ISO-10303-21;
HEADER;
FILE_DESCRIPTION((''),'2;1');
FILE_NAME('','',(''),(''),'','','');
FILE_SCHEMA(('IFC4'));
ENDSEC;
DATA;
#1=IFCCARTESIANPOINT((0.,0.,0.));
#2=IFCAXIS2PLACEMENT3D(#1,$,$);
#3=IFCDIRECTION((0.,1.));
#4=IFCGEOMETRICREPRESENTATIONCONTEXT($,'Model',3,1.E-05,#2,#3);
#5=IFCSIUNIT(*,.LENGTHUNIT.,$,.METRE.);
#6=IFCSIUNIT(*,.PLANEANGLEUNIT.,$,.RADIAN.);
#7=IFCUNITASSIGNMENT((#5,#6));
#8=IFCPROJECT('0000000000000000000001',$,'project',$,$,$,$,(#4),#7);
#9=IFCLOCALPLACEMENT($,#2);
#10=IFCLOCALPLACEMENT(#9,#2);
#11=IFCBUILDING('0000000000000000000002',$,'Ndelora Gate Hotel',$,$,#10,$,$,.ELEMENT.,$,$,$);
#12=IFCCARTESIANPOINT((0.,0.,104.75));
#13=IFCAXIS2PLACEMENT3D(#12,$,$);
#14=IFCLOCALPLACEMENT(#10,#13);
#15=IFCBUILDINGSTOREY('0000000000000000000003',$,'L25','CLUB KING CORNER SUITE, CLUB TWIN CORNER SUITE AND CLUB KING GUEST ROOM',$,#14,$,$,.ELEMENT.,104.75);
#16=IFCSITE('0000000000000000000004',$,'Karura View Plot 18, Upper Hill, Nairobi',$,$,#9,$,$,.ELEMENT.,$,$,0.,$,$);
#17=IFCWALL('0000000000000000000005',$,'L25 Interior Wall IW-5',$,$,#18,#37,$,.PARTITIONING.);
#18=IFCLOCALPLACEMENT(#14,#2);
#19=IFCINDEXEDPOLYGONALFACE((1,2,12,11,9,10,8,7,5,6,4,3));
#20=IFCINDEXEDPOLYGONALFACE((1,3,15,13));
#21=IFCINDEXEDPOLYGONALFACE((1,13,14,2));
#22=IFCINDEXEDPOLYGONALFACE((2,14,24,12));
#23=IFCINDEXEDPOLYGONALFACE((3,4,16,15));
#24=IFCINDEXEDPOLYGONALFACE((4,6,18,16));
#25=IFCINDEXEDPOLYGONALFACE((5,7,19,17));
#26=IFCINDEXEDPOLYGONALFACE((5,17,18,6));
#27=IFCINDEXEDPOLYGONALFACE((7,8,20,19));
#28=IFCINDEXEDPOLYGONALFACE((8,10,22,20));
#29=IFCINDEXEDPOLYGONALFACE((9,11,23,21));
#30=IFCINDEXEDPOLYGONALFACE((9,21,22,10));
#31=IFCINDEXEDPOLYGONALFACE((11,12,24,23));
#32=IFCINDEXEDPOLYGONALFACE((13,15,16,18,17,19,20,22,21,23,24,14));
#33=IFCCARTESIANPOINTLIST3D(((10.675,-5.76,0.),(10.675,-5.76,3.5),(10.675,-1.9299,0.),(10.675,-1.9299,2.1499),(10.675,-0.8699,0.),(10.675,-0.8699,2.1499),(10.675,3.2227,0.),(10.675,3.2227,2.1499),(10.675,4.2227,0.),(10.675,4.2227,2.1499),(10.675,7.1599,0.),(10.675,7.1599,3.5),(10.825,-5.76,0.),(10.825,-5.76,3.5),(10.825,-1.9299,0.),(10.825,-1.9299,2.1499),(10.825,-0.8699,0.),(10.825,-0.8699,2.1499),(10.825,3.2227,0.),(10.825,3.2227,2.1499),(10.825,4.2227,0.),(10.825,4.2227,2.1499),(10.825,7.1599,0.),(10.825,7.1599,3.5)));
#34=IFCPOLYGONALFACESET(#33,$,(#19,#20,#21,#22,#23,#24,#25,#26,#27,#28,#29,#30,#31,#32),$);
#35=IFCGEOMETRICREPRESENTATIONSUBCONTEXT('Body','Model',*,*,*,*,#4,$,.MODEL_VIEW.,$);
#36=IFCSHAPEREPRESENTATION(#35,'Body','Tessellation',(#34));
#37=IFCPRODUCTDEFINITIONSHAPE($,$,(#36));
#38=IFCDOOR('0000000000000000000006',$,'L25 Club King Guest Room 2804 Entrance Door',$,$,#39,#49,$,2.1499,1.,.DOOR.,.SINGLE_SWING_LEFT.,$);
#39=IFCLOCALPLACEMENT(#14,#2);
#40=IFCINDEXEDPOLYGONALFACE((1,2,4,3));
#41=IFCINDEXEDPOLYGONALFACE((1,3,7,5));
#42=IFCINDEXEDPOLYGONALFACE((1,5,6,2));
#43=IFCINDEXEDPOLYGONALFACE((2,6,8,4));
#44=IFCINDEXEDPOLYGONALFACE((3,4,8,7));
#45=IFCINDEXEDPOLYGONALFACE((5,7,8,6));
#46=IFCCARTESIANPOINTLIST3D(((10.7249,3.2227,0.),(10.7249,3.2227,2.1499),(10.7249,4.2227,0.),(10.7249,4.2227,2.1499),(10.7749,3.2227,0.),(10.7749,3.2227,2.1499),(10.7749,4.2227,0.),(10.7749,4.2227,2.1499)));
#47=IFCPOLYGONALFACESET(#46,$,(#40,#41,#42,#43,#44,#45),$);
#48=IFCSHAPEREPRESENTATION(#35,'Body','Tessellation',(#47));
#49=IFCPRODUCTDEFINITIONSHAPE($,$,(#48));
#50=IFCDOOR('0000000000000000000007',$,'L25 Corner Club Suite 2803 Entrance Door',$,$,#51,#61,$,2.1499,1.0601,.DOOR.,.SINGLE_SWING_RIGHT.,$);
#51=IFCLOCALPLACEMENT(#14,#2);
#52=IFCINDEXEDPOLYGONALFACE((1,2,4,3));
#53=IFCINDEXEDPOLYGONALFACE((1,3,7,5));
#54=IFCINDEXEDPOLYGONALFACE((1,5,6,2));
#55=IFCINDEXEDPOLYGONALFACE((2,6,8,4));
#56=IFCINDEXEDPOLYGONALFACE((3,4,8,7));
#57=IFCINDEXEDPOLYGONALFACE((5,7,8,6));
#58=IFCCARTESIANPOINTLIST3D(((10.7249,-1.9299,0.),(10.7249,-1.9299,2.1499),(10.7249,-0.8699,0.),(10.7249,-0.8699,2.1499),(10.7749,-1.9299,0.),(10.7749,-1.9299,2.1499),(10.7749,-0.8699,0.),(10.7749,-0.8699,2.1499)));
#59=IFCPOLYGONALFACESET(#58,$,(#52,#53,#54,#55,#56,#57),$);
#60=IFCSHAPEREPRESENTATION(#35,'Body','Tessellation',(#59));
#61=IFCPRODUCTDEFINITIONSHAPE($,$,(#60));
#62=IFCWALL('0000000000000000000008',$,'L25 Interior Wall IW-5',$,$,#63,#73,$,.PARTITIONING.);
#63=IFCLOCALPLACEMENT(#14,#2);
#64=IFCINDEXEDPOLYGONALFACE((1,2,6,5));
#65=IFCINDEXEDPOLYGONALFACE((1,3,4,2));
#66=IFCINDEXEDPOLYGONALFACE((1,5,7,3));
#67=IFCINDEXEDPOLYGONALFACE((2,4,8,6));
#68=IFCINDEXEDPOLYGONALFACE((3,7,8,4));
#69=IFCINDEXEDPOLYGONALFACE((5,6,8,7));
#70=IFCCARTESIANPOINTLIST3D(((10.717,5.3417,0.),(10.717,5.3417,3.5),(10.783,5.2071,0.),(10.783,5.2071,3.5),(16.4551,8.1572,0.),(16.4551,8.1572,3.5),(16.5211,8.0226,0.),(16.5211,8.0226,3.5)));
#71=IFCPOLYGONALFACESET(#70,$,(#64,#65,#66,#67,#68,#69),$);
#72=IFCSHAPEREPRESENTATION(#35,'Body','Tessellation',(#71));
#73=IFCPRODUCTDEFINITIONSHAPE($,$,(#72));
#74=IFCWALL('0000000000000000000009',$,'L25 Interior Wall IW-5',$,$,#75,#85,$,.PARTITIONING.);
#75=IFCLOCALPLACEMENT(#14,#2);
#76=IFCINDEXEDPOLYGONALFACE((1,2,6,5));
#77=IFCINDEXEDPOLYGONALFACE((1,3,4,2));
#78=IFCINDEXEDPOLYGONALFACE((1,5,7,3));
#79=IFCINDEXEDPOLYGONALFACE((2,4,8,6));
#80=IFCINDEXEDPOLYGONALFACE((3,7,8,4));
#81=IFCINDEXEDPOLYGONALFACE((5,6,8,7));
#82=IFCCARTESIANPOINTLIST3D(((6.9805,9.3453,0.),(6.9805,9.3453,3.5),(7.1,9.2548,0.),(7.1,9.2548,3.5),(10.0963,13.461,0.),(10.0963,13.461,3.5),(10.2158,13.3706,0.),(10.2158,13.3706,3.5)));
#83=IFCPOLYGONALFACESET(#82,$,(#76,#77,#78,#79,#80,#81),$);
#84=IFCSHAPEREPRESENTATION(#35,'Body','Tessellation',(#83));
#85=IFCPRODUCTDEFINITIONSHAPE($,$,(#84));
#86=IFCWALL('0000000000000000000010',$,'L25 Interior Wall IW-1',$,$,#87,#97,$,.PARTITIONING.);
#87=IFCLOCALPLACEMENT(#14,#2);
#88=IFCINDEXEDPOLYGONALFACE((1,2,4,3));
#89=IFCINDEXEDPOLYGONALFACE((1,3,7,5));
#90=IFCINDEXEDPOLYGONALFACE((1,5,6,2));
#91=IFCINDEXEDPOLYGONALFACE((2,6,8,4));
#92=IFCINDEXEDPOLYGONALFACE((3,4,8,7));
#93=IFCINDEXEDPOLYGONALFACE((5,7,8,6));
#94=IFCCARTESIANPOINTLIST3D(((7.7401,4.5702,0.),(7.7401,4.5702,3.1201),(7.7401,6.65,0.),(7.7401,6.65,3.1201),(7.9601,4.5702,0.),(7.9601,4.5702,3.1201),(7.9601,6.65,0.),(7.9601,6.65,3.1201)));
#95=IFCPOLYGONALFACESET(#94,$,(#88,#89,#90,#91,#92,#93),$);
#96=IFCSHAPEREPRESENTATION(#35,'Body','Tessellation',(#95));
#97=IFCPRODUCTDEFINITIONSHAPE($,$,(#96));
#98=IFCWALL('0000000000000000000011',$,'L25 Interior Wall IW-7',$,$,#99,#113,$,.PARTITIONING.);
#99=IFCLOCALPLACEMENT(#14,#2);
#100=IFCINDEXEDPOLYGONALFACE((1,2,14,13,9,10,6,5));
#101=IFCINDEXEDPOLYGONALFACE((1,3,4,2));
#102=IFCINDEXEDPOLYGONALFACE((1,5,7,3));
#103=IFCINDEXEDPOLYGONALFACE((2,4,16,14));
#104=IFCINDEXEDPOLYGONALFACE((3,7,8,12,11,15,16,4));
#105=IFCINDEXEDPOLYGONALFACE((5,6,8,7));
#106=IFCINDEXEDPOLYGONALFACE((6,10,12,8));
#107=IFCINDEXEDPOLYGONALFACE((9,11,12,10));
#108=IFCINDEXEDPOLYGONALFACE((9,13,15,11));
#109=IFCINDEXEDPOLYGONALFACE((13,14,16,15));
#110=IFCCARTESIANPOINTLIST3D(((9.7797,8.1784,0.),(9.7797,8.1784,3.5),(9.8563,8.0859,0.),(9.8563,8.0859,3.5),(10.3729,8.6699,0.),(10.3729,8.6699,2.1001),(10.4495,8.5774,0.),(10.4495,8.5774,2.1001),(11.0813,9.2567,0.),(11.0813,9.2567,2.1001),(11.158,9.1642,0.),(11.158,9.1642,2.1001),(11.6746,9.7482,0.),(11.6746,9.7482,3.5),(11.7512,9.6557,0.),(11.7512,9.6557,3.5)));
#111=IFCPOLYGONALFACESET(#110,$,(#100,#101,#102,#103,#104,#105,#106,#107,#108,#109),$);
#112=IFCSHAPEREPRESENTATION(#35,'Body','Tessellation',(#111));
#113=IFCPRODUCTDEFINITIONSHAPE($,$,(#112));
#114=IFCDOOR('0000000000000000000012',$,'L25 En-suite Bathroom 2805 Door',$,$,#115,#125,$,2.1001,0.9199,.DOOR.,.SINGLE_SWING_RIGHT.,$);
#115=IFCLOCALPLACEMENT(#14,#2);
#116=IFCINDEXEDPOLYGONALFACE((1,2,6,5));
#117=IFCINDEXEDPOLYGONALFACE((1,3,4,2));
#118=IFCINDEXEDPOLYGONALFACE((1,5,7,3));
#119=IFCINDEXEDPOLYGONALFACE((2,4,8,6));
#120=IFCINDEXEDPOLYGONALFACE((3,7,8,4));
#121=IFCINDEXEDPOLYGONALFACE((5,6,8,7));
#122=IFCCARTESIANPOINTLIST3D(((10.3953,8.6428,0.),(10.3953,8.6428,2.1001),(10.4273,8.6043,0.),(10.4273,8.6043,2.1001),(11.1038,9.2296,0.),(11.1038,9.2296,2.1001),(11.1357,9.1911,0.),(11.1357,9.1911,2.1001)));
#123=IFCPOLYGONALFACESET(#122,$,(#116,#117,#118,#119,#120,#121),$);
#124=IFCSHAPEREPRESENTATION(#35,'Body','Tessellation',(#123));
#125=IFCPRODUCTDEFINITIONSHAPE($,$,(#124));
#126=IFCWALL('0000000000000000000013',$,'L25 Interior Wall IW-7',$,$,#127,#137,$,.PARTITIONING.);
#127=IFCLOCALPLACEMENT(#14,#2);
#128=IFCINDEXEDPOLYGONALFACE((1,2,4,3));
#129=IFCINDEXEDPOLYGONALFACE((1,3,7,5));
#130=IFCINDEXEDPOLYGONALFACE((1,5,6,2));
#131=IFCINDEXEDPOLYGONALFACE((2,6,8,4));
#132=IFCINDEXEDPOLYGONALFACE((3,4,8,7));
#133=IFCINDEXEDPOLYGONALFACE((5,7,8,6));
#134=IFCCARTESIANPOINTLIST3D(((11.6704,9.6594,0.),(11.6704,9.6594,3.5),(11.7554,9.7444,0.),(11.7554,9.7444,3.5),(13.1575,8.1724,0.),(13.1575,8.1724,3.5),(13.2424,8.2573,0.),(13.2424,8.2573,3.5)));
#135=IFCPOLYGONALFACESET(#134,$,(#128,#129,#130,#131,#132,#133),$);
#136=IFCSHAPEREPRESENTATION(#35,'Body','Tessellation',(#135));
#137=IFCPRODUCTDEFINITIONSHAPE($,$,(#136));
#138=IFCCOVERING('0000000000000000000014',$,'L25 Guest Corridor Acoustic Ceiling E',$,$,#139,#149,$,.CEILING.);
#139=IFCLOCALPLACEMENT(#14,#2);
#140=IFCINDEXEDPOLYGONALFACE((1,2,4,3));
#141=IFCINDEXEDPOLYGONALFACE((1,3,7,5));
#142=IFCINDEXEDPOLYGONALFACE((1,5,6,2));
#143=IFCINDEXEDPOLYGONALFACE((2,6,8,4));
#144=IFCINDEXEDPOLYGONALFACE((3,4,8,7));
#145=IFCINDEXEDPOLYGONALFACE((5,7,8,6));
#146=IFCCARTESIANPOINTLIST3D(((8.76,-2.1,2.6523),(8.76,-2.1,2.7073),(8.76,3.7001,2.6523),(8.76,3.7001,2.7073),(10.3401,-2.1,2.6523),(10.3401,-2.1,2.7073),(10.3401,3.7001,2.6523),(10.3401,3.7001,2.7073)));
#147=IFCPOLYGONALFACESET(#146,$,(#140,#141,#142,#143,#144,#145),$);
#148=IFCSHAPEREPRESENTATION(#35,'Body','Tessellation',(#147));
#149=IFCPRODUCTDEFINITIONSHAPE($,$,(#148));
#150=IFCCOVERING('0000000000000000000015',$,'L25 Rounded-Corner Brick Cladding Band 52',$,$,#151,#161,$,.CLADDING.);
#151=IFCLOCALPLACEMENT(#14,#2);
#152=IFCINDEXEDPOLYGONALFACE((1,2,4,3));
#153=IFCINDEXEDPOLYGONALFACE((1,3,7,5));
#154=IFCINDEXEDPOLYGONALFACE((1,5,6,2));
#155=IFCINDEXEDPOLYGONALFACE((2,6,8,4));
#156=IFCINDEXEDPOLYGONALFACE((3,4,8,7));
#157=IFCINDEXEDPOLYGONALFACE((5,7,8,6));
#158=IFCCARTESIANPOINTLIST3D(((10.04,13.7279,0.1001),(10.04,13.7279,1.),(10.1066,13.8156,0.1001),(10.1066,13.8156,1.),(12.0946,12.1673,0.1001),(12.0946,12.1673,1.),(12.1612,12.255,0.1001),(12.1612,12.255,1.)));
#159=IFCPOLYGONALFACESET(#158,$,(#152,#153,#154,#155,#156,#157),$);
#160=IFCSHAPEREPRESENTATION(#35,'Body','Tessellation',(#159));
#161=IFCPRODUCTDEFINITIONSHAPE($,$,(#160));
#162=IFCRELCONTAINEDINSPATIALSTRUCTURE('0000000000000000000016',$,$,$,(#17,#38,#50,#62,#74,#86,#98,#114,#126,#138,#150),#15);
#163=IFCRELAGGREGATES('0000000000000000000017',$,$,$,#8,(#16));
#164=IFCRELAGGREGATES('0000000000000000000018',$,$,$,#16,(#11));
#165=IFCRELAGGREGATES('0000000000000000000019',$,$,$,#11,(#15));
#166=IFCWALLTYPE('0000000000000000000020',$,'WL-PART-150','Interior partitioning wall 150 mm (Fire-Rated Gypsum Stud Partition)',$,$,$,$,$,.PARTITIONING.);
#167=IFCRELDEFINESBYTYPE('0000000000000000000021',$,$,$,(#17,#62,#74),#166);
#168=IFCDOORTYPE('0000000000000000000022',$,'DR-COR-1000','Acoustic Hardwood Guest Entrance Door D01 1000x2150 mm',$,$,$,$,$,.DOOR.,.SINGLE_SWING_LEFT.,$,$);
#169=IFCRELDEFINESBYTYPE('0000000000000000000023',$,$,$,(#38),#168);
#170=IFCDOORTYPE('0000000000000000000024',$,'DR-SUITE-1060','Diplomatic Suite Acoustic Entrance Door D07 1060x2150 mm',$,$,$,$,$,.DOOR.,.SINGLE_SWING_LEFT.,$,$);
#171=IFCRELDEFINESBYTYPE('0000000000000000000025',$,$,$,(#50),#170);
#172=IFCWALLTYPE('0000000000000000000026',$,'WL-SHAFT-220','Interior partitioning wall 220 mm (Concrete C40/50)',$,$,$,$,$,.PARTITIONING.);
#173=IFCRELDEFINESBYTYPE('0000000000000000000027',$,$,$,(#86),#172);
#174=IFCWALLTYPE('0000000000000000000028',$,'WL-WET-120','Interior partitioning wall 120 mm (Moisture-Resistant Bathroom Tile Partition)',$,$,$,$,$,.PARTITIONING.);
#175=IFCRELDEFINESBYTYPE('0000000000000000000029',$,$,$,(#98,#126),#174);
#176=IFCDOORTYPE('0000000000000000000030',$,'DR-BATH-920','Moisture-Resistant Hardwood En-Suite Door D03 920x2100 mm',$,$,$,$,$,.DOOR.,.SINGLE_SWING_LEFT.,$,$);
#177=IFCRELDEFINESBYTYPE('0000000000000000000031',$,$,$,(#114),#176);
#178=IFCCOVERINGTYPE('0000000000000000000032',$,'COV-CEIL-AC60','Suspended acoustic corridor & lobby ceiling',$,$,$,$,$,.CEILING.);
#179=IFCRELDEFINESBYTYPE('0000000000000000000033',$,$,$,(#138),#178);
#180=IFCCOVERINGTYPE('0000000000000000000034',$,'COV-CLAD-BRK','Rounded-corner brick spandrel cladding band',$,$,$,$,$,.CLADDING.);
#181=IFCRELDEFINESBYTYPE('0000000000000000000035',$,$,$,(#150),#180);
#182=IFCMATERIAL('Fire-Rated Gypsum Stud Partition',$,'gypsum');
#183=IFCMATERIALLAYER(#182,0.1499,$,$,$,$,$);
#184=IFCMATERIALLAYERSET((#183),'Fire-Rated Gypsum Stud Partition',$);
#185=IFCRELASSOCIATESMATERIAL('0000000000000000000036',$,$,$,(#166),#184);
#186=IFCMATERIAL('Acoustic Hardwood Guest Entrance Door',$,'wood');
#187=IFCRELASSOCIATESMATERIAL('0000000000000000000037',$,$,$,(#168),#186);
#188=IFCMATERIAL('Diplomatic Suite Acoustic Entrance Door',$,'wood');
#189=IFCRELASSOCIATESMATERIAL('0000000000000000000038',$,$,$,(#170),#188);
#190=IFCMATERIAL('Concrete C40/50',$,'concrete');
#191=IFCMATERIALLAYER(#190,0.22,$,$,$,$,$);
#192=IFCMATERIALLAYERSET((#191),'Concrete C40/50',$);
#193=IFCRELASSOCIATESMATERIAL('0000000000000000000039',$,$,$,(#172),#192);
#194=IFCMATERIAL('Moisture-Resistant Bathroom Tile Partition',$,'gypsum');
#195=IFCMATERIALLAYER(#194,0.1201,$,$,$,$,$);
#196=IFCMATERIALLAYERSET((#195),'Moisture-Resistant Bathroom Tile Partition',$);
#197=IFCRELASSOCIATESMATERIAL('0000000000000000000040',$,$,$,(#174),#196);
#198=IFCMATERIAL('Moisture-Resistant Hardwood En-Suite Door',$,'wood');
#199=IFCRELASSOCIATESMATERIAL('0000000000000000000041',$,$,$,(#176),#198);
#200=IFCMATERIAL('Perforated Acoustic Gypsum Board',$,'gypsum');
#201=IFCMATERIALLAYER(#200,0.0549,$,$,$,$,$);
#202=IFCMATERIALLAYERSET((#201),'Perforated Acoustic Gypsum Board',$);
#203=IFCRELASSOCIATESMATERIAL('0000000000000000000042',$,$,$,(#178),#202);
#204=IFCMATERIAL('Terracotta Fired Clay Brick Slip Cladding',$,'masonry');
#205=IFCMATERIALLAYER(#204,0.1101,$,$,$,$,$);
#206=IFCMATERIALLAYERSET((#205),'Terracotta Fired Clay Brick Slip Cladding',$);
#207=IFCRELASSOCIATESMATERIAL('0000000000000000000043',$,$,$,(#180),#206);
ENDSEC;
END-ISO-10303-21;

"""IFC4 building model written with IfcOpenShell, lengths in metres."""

from ifc_helpers import new_model, si_unit, direction, frame, frame_2d, origin, origin_2d, place, context, subcontext, project, spatial, rectangle, extrude, material, layer, layer_set, type_object, element, fill, save


model = new_model("IFC4")

# Units and contexts
model_context = context("Model", 3, precision=1e-05, world=origin(), true_north=direction((0.0, 1.0)))
body_context = subcontext(model_context, "Body", "Model", "MODEL_VIEW")
ifc_project = project(units=[si_unit("LENGTHUNIT", "METRE"), si_unit("PLANEANGLEUNIT", "RADIAN")], contexts=[model_context])

# Site, building, storey
site_placement = place(None, origin())
site = spatial("IfcSite", under=ifc_project, at=site_placement, Name="Karura View Plot 18, Upper Hill, Nairobi", CompositionType="ELEMENT", RefElevation=0.0)
building_placement = place(site_placement, origin())
building = spatial("IfcBuilding", under=site, at=building_placement, Name="Ndelora Gate Hotel", CompositionType="ELEMENT")
storey_placement = place(building_placement, frame((0.0, 0.0, 104.75)))
storey = spatial("IfcBuildingStorey", under=building, at=storey_placement, Name="L25", Description="CLUB KING CORNER SUITE, CLUB TWIN CORNER SUITE AND CLUB KING GUEST ROOM", CompositionType="ELEMENT", Elevation=104.75)

# Shared definitions
ifc_material_1 = material(Name="Concrete C40/50", Category="concrete")

# Wall, openings, doors
ifc_material_2 = material(Name="Fire-Rated Gypsum Stud Partition", Category="gypsum")
ifc_layer_1 = layer(ifc_material_2, 0.1499)
ifc_layer_set_1 = layer_set([ifc_layer_1], Name="Fire-Rated Gypsum Stud Partition")
wall_type_1 = type_object("IfcWallType", Name="WL-PART-150", Description="Interior partitioning wall 150 mm (Fire-Rated Gypsum Stud Partition)", PredefinedType="PARTITIONING", material=ifc_layer_set_1)
wall_1_placement = place(storey_placement, frame((10.75, 7.1599, 0.0), z_axis=(0.0, 0.0, 1.0), x_axis=(0.0, -1.0, 0.0)))
wall_1 = element("IfcWall", 1, at=wall_1_placement, inside=storey, type_object=wall_type_1, Name="L25 Interior Wall IW-5", PredefinedType="PARTITIONING", context=body_context, shape_type="SweptSolid", body=[
    extrude(rectangle(XDim=12.9199, YDim=0.1499, at=frame_2d((6.46, 0.0))), origin(), (0.0, 0.0, 1.0), 3.5),
])
opening_1_placement = place(wall_1_placement, frame((2.9373, 0.0, 0.0)))
opening_1 = element("IfcOpeningElement", 2, at=opening_1_placement, cuts=wall_1, PredefinedType="OPENING", context=body_context, shape_type="SweptSolid", body=[
    extrude(rectangle(XDim=1.0, YDim=2.1499, at=frame_2d((0.5, 1.075))), frame((0.0, 0.085, 0.0), z_axis=(0.0, -1.0, 0.0), x_axis=(1.0, 0.0, 0.0)), (0.0, 0.0, 1.0), 0.1699),
])
opening_2_placement = place(wall_1_placement, frame((8.0298, 0.0, 0.0)))
opening_2 = element("IfcOpeningElement", 3, at=opening_2_placement, cuts=wall_1, PredefinedType="OPENING", context=body_context, shape_type="SweptSolid", body=[
    extrude(rectangle(XDim=1.0601, YDim=2.1499, at=frame_2d((0.53, 1.075))), frame((0.0, 0.085, 0.0), z_axis=(0.0, -1.0, 0.0), x_axis=(1.0, 0.0, 0.0)), (0.0, 0.0, 1.0), 0.1699),
])
ifc_material_3 = material(Name="Acoustic Hardwood Guest Entrance Door", Category="wood")
door_type_1 = type_object("IfcDoorType", Name="DR-COR-1000", Description="Acoustic Hardwood Guest Entrance Door D01 1000x2150 mm", OperationType="SINGLE_SWING_LEFT", PredefinedType="DOOR", material=ifc_material_3)
door_1_placement = place(opening_1_placement, origin())
door_1 = element("IfcDoor", 4, at=door_1_placement, inside=storey, type_object=door_type_1, Name="L25 Club King Guest Room 2804 Entrance Door", OperationType="SINGLE_SWING_LEFT", OverallHeight=2.1499, OverallWidth=1.0, PredefinedType="DOOR", context=body_context, shape_type="SweptSolid", body=[
    extrude(rectangle(XDim=1.0, YDim=2.1499, at=frame_2d((0.5, 1.075))), frame((0.0, 0.0249, 0.0), z_axis=(0.0, -1.0, 0.0), x_axis=(1.0, 0.0, 0.0)), (0.0, 0.0, 1.0), 0.05),
])
fill(opening_1, door_1)
ifc_material_4 = material(Name="Diplomatic Suite Acoustic Entrance Door", Category="wood")
door_type_2 = type_object("IfcDoorType", Name="DR-SUITE-1060", Description="Diplomatic Suite Acoustic Entrance Door D07 1060x2150 mm", OperationType="SINGLE_SWING_LEFT", PredefinedType="DOOR", material=ifc_material_4)
door_2_placement = place(opening_2_placement, origin())
door_2 = element("IfcDoor", 5, at=door_2_placement, inside=storey, type_object=door_type_2, Name="L25 Corner Club Suite 2803 Entrance Door", OperationType="SINGLE_SWING_RIGHT", OverallHeight=2.1499, OverallWidth=1.0601, PredefinedType="DOOR", context=body_context, shape_type="SweptSolid", body=[
    extrude(rectangle(XDim=1.0601, YDim=2.1499, at=frame_2d((0.53, 1.075))), frame((0.0, 0.0249, 0.0), z_axis=(0.0, -1.0, 0.0), x_axis=(1.0, 0.0, 0.0)), (0.0, 0.0, 1.0), 0.05),
])
fill(opening_2, door_2)

# Walls
wall_2_placement = place(storey_placement, frame((10.75, 5.2744, 0.0), z_axis=(0.0, 0.0, 1.0), x_axis=(0.897756, 0.440494, 0.0)))
element("IfcWall", 6, at=wall_2_placement, inside=storey, type_object=wall_type_1, Name="L25 Interior Wall IW-5", PredefinedType="PARTITIONING", context=body_context, shape_type="SweptSolid", body=[
    extrude(rectangle(XDim=6.3916, YDim=0.1499, at=frame_2d((3.1958, 0.0))), origin(), (0.0, 0.0, 1.0), 3.5),
])
wall_3_placement = place(storey_placement, frame((7.0403, 9.3, 0.0), z_axis=(0.0, 0.0, 1.0), x_axis=(0.603581, 0.797302, 0.0)))
element("IfcWall", 7, at=wall_3_placement, inside=storey, type_object=wall_type_1, Name="L25 Interior Wall IW-5", PredefinedType="PARTITIONING", context=body_context, shape_type="SweptSolid", body=[
    extrude(rectangle(XDim=5.1621, YDim=0.1499, at=frame_2d((2.5811, 0.0))), origin(), (0.0, 0.0, 1.0), 3.5),
])
ifc_layer_2 = layer(ifc_material_1, 0.22)
ifc_layer_set_2 = layer_set([ifc_layer_2], Name="Concrete C40/50")
wall_type_2 = type_object("IfcWallType", Name="WL-SHAFT-220", Description="Interior partitioning wall 220 mm (Concrete C40/50)", PredefinedType="PARTITIONING", material=ifc_layer_set_2)
wall_4_placement = place(storey_placement, frame((7.8501, 4.5701, 0.0), z_axis=(0.0, 0.0, 1.0), x_axis=(0.0, 1.0, 0.0)))
element("IfcWall", 8, at=wall_4_placement, inside=storey, type_object=wall_type_2, Name="L25 Interior Wall IW-1", PredefinedType="PARTITIONING", context=body_context, shape_type="SweptSolid", body=[
    extrude(rectangle(XDim=2.0798, YDim=0.22, at=frame_2d((1.04, 0.0))), origin(), (0.0, 0.0, 1.0), 3.1201),
])

# Wall, opening, door
ifc_material_5 = material(Name="Moisture-Resistant Bathroom Tile Partition", Category="gypsum")
ifc_layer_3 = layer(ifc_material_5, 0.1201)
ifc_layer_set_3 = layer_set([ifc_layer_3], Name="Moisture-Resistant Bathroom Tile Partition")
wall_type_3 = type_object("IfcWallType", Name="WL-WET-120", Description="Interior partitioning wall 120 mm (Moisture-Resistant Bathroom Tile Partition)", PredefinedType="PARTITIONING", material=ifc_layer_set_3)
wall_5_placement = place(storey_placement, frame((9.8179, 8.1321, 0.0), z_axis=(0.0, 0.0, 1.0), x_axis=(0.770088, 0.637937, 0.0)))
wall_5 = element("IfcWall", 9, at=wall_5_placement, inside=storey, type_object=wall_type_3, Name="L25 Interior Wall IW-7", PredefinedType="PARTITIONING", context=body_context, shape_type="SweptSolid", body=[
    extrude(rectangle(XDim=2.4607, YDim=0.1201, at=frame_2d((1.2305, 0.0))), origin(), (0.0, 0.0, 1.0), 3.5),
])
opening_3_placement = place(wall_5_placement, frame((0.7705, 0.0, 0.0)))
opening_3 = element("IfcOpeningElement", 10, at=opening_3_placement, cuts=wall_5, PredefinedType="OPENING", context=body_context, shape_type="SweptSolid", body=[
    extrude(rectangle(XDim=0.9199, YDim=2.1001, at=frame_2d((0.46, 1.05))), frame((0.0, 0.0701, 0.0), z_axis=(0.0, -1.0, 0.0), x_axis=(1.0, 0.0, 0.0)), (0.0, 0.0, 1.0), 0.1401),
])
ifc_material_6 = material(Name="Moisture-Resistant Hardwood En-Suite Door", Category="wood")
door_type_3 = type_object("IfcDoorType", Name="DR-BATH-920", Description="Moisture-Resistant Hardwood En-Suite Door D03 920x2100 mm", OperationType="SINGLE_SWING_LEFT", PredefinedType="DOOR", material=ifc_material_6)
door_3_placement = place(opening_3_placement, origin())
door_3 = element("IfcDoor", 11, at=door_3_placement, inside=storey, type_object=door_type_3, Name="L25 En-suite Bathroom 2805 Door", OperationType="SINGLE_SWING_RIGHT", OverallHeight=2.1001, OverallWidth=0.9199, PredefinedType="DOOR", context=body_context, shape_type="SweptSolid", body=[
    extrude(rectangle(XDim=0.9199, YDim=2.1001, at=frame_2d((0.46, 1.05))), frame((0.0, 0.0249, 0.0), z_axis=(0.0, -1.0, 0.0), x_axis=(1.0, 0.0, 0.0)), (0.0, 0.0, 1.0), 0.05),
])
fill(opening_3, door_3)

# Wall
wall_6_placement = place(storey_placement, frame((11.7129, 9.7019, 0.0), z_axis=(0.0, 0.0, 1.0), x_axis=(0.707107, -0.707107, 0.0)))
element("IfcWall", 12, at=wall_6_placement, inside=storey, type_object=wall_type_3, Name="L25 Interior Wall IW-7", PredefinedType="PARTITIONING", context=body_context, shape_type="SweptSolid", body=[
    extrude(rectangle(XDim=2.103, YDim=0.1201, at=frame_2d((1.0515, 0.0))), origin(), (0.0, 0.0, 1.0), 3.5),
])

# Coverings
ifc_material_7 = material(Name="Perforated Acoustic Gypsum Board", Category="gypsum")
ifc_layer_4 = layer(ifc_material_7, 0.0549)
ifc_layer_set_4 = layer_set([ifc_layer_4], Name="Perforated Acoustic Gypsum Board")
covering_type_1 = type_object("IfcCoveringType", Name="COV-CEIL-AC60", Description="Suspended acoustic corridor & lobby ceiling", PredefinedType="CEILING", material=ifc_layer_set_4)
covering_1_placement = place(storey_placement, frame((9.55, 0.8, 2.6523), z_axis=(0.0, 0.0, 1.0), x_axis=(1.0, 0.0, 0.0)))
element("IfcCovering", 13, at=covering_1_placement, inside=storey, type_object=covering_type_1, Name="L25 Guest Corridor Acoustic Ceiling E", PredefinedType="CEILING", context=body_context, shape_type="SweptSolid", body=[
    extrude(rectangle(XDim=1.5801, YDim=5.8, at=origin_2d()), origin(), (0.0, 0.0, 1.0), 0.0549),
])
ifc_material_8 = material(Name="Terracotta Fired Clay Brick Slip Cladding", Category="masonry")
ifc_layer_5 = layer(ifc_material_8, 0.1101)
ifc_layer_set_5 = layer_set([ifc_layer_5], Name="Terracotta Fired Clay Brick Slip Cladding")
covering_type_2 = type_object("IfcCoveringType", Name="COV-CLAD-BRK", Description="Rounded-corner brick spandrel cladding band", PredefinedType="CLADDING", material=ifc_layer_set_5)
covering_2_placement = place(storey_placement, frame((11.1006, 12.9915, 0.1001), z_axis=(0.0, 0.0, 1.0), x_axis=(-0.796319, 0.604877, 0.0)))
element("IfcCovering", 14, at=covering_2_placement, inside=storey, type_object=covering_type_2, Name="L25 Rounded-Corner Brick Cladding Band 52", PredefinedType="CLADDING", context=body_context, shape_type="SweptSolid", body=[
    extrude(rectangle(XDim=2.5801, YDim=0.1101, at=origin_2d()), origin(), (0.0, 0.0, 1.0), 0.8999),
])

save(model, "model.ifc")
